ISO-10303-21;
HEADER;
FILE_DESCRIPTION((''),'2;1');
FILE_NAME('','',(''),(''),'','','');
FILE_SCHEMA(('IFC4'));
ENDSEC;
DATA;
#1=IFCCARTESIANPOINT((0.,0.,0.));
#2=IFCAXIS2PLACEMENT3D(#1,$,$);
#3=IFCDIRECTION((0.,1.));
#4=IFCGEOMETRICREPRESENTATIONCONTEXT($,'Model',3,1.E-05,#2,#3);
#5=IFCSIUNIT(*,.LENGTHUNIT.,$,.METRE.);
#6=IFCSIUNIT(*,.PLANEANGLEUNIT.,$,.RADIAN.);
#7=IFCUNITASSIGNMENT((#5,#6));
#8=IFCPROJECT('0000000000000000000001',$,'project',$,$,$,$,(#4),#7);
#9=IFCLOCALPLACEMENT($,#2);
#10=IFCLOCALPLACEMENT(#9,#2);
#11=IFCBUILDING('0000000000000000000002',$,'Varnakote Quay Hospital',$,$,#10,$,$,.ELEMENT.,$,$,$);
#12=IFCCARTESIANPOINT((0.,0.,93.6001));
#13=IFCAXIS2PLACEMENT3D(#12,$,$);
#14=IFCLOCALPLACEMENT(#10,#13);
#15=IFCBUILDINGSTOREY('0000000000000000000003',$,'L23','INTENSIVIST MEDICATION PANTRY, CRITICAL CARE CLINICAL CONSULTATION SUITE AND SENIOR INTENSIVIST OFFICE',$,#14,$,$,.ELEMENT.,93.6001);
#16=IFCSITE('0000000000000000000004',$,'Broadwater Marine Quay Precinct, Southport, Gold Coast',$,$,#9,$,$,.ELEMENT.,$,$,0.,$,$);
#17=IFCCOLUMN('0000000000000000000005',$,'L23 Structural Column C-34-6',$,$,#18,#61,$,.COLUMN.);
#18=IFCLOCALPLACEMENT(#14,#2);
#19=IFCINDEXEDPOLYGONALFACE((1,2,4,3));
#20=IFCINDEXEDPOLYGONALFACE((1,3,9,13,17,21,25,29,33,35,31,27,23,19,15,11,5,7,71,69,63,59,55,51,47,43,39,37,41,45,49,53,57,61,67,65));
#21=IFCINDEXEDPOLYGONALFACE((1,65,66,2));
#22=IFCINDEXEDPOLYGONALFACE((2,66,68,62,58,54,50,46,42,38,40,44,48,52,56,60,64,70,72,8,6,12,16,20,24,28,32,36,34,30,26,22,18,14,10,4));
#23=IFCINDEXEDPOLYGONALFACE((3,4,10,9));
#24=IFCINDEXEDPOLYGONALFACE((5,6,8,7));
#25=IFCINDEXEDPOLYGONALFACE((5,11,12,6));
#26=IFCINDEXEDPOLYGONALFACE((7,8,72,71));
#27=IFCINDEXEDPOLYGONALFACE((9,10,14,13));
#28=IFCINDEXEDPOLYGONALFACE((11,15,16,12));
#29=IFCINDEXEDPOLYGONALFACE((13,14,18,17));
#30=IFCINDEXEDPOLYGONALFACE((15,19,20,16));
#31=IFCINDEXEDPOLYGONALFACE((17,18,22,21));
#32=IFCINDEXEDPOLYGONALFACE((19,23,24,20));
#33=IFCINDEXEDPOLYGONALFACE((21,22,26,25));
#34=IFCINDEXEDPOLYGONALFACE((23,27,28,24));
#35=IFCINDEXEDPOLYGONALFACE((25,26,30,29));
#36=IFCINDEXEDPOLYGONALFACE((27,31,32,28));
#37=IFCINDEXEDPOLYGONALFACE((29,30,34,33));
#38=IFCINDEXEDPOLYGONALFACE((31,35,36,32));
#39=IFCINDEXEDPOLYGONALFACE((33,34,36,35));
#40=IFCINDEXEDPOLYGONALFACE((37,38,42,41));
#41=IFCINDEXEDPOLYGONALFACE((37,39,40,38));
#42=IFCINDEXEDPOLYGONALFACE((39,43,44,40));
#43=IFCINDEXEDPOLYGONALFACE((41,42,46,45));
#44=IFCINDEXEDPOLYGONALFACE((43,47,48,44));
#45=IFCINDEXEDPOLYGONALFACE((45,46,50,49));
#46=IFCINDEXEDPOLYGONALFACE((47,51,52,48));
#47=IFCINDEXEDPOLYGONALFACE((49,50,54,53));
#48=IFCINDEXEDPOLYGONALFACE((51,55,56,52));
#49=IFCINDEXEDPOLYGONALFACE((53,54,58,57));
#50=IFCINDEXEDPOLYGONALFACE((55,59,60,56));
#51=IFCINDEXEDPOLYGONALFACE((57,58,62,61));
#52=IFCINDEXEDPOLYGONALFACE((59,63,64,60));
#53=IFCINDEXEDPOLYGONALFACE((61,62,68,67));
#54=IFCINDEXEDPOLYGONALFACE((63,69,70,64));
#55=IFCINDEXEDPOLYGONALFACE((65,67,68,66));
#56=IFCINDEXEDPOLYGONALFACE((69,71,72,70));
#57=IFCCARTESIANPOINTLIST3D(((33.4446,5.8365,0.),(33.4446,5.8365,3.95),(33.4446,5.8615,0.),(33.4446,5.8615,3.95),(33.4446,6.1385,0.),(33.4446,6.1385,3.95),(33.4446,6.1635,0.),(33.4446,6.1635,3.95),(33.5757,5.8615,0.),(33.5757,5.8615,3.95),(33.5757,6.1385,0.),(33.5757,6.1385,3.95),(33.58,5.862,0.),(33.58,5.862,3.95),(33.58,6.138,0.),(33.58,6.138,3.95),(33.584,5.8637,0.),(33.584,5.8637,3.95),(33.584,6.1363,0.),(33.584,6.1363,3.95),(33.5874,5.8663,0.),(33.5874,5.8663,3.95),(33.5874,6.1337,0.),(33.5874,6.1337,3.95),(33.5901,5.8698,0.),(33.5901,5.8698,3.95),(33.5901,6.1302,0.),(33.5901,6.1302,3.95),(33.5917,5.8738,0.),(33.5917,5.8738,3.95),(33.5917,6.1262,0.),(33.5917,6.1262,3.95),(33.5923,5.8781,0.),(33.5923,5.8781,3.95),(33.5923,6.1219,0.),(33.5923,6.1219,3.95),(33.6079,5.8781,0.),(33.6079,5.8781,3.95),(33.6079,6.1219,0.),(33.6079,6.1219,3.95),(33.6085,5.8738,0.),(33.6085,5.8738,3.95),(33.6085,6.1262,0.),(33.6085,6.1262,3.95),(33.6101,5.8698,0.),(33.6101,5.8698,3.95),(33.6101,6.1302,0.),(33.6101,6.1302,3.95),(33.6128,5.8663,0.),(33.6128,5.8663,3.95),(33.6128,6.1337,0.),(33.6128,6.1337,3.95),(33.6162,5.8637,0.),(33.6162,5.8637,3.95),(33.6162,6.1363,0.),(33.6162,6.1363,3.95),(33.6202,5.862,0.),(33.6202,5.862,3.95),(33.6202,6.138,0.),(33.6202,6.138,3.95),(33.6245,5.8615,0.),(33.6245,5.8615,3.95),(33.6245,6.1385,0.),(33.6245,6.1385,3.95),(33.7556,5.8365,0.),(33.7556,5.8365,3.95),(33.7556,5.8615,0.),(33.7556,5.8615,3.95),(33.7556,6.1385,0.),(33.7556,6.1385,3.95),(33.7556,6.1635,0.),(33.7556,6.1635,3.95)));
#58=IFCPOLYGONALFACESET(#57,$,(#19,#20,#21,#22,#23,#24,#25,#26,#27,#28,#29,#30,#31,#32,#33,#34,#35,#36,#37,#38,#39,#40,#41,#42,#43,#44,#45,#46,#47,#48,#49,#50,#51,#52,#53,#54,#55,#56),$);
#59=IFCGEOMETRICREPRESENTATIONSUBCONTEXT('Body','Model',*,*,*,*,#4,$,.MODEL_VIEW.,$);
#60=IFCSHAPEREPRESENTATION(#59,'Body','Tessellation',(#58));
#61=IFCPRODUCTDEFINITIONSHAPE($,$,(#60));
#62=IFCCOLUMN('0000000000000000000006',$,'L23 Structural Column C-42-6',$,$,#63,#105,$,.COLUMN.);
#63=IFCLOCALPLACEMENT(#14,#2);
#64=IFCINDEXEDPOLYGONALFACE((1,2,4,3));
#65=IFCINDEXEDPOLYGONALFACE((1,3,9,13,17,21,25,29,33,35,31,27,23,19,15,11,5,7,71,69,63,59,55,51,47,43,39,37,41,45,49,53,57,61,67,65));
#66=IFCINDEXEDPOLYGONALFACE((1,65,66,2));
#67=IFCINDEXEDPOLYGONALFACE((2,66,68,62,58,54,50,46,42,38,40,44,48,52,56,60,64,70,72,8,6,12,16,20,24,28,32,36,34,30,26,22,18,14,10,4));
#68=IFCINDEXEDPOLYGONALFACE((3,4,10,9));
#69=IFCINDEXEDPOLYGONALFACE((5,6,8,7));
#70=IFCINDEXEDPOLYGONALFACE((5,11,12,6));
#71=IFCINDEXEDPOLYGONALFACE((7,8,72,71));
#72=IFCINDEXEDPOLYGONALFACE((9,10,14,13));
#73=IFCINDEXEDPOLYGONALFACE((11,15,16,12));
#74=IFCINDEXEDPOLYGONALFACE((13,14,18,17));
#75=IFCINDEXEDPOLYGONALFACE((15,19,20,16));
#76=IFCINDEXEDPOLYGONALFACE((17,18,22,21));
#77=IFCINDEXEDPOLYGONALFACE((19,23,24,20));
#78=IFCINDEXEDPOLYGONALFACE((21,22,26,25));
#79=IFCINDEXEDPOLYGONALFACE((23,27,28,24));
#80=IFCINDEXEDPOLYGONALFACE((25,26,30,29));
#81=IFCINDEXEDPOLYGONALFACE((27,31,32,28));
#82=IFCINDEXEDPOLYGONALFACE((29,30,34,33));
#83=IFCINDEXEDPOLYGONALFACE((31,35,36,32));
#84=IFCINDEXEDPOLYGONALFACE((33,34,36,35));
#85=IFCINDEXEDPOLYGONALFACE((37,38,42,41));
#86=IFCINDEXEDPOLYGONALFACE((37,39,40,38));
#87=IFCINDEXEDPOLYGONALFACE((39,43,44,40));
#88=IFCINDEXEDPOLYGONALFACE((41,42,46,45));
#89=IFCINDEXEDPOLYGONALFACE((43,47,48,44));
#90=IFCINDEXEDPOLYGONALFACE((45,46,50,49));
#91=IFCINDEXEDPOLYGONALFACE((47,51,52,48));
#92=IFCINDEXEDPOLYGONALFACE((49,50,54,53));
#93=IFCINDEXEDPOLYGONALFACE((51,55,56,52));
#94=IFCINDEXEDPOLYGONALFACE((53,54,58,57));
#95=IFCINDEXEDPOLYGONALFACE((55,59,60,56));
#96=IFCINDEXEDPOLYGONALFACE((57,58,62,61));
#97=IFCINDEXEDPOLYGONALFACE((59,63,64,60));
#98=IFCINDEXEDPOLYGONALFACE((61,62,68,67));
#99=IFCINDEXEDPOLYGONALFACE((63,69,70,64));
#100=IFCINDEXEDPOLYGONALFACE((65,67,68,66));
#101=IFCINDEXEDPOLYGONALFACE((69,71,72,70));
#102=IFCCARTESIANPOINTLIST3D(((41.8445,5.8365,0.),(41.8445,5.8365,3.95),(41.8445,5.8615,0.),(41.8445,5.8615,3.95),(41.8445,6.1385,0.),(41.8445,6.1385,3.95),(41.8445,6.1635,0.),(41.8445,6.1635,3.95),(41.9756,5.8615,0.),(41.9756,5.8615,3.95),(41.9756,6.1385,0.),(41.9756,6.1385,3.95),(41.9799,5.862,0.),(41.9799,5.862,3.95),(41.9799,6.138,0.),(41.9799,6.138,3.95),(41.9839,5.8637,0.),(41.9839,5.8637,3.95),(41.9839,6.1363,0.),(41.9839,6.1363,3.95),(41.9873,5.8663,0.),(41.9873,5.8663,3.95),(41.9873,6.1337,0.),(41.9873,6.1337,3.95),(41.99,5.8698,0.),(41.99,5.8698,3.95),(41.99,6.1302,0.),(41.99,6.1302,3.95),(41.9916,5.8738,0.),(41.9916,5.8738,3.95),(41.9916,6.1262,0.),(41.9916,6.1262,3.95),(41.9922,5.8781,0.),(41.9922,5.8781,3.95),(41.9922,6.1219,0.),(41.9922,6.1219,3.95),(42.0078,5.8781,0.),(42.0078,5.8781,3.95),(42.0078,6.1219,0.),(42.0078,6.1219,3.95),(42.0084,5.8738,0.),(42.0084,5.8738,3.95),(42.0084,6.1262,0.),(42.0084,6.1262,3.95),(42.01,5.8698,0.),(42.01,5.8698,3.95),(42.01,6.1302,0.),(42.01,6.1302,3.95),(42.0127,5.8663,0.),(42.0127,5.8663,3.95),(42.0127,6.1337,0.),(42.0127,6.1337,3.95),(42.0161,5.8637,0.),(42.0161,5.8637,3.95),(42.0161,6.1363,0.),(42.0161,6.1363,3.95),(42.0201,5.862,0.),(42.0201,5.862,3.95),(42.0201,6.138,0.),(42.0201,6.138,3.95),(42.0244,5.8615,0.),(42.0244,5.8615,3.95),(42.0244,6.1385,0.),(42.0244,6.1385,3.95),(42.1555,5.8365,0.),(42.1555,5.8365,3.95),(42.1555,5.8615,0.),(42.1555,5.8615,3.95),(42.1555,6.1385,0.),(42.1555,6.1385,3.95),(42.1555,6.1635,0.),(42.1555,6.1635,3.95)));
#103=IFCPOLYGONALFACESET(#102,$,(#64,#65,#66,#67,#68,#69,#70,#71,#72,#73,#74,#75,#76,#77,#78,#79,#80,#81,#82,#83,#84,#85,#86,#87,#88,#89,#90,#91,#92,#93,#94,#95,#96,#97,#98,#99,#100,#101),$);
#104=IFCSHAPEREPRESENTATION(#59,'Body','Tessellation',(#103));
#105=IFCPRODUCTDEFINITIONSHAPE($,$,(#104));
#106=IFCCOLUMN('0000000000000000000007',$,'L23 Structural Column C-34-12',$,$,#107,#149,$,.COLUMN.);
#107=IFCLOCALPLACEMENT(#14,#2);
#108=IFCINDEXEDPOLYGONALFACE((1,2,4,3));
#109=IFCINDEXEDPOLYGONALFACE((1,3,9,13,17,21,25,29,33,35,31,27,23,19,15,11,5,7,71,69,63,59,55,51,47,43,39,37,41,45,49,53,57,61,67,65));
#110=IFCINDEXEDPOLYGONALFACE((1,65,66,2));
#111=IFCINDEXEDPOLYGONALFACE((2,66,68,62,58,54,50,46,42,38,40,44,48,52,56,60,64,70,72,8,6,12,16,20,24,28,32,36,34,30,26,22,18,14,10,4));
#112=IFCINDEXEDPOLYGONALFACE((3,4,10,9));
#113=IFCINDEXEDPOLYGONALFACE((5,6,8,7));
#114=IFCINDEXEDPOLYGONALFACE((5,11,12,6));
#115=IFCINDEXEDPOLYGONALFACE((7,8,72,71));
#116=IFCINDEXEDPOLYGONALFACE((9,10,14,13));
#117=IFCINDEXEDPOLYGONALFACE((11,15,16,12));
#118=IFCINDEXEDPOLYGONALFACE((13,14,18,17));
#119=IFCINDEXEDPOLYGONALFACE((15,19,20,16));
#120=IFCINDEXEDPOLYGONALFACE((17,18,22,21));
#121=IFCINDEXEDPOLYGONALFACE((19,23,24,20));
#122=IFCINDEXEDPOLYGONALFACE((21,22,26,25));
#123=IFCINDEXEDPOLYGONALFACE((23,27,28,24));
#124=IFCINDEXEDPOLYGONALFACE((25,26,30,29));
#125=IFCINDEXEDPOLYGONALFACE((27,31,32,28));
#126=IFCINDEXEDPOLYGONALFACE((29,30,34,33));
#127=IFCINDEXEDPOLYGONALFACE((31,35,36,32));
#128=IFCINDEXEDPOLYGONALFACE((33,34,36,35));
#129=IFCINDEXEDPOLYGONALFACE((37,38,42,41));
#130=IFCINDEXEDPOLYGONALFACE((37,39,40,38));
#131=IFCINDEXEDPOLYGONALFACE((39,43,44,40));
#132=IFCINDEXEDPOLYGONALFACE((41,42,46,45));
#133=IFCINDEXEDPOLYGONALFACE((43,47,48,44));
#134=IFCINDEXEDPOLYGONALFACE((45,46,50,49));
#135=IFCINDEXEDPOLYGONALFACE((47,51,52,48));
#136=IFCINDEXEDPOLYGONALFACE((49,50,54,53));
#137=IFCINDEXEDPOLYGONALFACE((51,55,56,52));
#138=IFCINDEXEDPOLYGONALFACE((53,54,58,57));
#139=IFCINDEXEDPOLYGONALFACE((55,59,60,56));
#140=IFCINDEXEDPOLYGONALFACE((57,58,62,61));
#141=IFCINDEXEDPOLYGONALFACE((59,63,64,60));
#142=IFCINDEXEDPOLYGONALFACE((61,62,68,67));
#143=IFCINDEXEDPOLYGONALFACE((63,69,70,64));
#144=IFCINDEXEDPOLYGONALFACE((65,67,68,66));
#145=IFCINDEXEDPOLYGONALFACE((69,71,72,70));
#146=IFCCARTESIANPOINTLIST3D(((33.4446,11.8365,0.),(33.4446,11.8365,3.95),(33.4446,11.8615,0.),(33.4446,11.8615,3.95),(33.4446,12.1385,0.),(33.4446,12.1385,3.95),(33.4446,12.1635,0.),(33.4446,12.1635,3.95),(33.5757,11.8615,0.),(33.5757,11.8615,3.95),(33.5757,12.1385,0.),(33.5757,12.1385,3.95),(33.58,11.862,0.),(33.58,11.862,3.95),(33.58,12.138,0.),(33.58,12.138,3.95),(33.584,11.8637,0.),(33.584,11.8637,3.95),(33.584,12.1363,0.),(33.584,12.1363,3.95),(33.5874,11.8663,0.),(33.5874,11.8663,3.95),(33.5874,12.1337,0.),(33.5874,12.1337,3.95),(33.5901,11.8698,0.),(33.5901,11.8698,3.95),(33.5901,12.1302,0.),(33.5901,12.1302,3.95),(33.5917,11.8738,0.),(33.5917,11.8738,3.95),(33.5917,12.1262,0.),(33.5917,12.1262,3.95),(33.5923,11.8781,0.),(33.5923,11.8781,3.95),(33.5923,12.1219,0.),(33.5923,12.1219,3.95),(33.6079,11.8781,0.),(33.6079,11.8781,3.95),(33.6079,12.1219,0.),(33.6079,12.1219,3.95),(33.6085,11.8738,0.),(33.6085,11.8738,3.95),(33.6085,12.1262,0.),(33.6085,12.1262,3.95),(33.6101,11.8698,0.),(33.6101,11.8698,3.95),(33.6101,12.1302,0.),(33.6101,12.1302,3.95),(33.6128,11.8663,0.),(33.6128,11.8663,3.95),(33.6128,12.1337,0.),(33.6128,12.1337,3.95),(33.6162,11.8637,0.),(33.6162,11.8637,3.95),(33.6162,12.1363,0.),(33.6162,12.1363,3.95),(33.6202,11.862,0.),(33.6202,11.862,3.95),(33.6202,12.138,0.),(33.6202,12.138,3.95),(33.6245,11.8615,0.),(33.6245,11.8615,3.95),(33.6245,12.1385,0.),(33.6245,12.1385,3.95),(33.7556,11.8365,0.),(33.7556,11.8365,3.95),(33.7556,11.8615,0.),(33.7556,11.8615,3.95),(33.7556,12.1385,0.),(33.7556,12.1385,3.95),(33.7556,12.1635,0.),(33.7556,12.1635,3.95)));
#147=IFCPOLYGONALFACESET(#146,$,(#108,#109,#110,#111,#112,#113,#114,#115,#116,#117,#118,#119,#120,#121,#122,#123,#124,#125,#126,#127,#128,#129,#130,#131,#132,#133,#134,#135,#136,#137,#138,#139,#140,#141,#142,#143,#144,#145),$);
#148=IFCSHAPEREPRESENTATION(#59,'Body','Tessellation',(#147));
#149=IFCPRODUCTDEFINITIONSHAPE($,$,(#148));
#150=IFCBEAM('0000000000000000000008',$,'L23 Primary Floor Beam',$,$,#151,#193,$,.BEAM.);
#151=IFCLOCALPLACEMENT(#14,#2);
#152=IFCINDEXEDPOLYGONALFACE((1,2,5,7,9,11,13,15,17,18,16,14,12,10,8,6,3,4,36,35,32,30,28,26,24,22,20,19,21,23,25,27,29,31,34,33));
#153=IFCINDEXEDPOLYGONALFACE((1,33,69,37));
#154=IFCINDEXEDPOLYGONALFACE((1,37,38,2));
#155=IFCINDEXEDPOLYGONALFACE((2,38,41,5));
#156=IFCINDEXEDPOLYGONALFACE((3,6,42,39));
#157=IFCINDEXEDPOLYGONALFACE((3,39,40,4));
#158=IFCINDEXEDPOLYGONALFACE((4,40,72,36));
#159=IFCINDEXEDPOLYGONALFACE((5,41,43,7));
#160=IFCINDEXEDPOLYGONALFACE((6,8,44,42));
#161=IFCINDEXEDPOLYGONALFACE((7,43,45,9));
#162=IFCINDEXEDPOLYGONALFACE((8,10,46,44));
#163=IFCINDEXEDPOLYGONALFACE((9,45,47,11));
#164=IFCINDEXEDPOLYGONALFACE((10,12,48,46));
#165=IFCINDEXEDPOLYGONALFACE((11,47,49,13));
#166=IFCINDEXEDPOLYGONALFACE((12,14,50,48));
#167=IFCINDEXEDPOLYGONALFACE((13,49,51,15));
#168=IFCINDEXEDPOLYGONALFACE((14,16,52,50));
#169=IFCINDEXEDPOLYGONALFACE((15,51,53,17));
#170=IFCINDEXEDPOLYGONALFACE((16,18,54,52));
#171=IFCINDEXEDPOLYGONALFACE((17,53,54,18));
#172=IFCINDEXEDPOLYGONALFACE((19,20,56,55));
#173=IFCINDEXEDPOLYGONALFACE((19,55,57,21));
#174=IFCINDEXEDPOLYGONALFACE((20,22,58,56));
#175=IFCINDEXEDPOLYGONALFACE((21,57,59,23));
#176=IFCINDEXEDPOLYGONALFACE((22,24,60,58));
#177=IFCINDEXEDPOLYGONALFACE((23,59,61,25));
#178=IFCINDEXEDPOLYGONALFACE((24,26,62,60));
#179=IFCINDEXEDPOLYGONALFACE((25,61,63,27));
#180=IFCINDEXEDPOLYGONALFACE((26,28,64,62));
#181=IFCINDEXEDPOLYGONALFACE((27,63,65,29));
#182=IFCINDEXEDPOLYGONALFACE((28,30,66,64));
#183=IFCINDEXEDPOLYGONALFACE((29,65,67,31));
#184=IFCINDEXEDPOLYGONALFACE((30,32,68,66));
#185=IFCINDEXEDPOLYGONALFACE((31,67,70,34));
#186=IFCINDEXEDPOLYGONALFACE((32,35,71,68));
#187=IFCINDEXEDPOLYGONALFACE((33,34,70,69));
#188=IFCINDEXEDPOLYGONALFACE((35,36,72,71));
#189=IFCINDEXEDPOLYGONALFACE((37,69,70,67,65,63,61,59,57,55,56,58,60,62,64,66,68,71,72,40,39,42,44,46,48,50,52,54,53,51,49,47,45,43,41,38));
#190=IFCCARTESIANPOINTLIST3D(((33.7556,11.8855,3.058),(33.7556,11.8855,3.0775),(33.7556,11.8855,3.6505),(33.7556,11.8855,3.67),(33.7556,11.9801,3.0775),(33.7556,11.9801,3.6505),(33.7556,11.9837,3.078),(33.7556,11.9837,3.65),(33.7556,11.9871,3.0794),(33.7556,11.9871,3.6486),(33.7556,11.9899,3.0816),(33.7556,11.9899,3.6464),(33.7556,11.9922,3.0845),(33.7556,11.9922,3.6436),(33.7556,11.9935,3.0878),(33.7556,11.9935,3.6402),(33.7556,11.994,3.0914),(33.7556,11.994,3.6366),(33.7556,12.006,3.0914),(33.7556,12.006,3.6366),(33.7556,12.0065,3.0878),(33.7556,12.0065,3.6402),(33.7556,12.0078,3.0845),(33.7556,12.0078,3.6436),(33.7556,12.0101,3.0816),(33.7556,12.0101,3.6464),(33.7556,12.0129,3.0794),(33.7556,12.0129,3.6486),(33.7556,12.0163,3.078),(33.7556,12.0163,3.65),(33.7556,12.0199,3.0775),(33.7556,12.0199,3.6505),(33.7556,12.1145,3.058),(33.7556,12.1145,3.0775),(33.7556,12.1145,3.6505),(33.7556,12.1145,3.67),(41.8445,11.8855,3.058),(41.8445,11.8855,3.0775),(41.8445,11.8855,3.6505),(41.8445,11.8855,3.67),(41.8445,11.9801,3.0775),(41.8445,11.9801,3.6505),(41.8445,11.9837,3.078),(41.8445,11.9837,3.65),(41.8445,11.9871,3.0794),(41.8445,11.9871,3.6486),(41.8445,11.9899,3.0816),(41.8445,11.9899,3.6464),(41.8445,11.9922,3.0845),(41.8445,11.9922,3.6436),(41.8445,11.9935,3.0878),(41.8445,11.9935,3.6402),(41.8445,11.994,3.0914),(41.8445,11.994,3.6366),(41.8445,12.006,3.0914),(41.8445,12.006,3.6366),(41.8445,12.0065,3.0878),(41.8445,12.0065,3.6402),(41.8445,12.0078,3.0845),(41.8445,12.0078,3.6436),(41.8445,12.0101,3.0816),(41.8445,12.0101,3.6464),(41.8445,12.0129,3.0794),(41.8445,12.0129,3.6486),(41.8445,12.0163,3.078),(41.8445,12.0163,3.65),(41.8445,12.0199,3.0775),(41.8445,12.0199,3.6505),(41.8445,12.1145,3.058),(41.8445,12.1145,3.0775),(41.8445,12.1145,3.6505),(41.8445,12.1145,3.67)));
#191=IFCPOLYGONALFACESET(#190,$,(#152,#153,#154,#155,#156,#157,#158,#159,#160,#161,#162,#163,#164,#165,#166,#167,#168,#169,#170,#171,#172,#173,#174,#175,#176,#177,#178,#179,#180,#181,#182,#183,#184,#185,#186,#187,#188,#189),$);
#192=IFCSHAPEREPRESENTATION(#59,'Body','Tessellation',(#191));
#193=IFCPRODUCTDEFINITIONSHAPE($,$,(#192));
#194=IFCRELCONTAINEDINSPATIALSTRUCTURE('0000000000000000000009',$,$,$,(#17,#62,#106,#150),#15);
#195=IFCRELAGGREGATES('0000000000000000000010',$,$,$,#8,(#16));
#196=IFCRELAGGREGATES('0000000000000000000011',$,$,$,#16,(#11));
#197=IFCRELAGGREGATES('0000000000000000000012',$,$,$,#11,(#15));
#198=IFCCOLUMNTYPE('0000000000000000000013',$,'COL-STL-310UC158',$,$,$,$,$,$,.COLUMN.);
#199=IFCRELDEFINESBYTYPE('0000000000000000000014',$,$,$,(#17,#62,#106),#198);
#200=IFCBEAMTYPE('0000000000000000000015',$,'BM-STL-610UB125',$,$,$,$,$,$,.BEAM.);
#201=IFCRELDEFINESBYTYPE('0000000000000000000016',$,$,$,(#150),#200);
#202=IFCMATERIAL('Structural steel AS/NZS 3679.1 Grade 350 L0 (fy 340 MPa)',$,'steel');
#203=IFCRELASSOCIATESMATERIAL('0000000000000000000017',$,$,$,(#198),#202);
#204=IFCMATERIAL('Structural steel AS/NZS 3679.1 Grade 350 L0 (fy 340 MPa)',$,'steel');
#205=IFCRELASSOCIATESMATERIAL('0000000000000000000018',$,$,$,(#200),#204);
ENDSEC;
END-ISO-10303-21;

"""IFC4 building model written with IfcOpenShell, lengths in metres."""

from ifc_helpers import new_model, si_unit, direction, frame, origin, origin_2d, place, context, subcontext, project, spatial, i_section, extrude, material, material_profile, profile_set, type_object, element, save


model = new_model("IFC4")

# Units and contexts
model_context = context("Model", 3, precision=1e-05, world=origin(), true_north=direction((0.0, 1.0)))
body_context = subcontext(model_context, "Body", "Model", "MODEL_VIEW")
ifc_project = project(units=[si_unit("LENGTHUNIT", "METRE"), si_unit("PLANEANGLEUNIT", "RADIAN")], contexts=[model_context])

# Site, building, storey
site_placement = place(None, origin())
site = spatial("IfcSite", under=ifc_project, at=site_placement, Name="Broadwater Marine Quay Precinct, Southport, Gold Coast", CompositionType="ELEMENT", RefElevation=0.0)
building_placement = place(site_placement, origin())
building = spatial("IfcBuilding", under=site, at=building_placement, Name="Varnakote Quay Hospital", CompositionType="ELEMENT")
storey_placement = place(building_placement, frame((0.0, 0.0, 93.6001)))
storey = spatial("IfcBuildingStorey", under=building, at=storey_placement, Name="L23", Description="INTENSIVIST MEDICATION PANTRY, CRITICAL CARE CLINICAL CONSULTATION SUITE AND SENIOR INTENSIVIST OFFICE", CompositionType="ELEMENT", Elevation=93.6001)

# Columns
ifc_material_1 = material(Name="Structural steel AS/NZS 3679.1 Grade 350 L0 (fy 340 MPa)", Category="steel")
ifc_material_profile_1 = material_profile(ifc_material_1, i_section(OverallWidth=0.311, OverallDepth=0.3269, WebThickness=0.0156, FlangeThickness=0.0249, FilletRadius=0.0166, at=origin_2d()), Name="310UC158")
ifc_profile_set_1 = profile_set([ifc_material_profile_1], Name="Structural steel AS/NZS 3679.1 Grade 350 L0 (fy 340 MPa)")
column_type = type_object("IfcColumnType", Name="COL-STL-310UC158", PredefinedType="COLUMN", material=ifc_profile_set_1)
for number, where, z_axis, x_axis, name in (
    (1, (33.6001, 6.0, 0.0), (0.0, 0.0, 1.0), (1.0, 0.0, 0.0), "L23 Structural Column C-34-6"),
    (2, (42.0, 6.0, 0.0), (0.0, 0.0, 1.0), (1.0, 0.0, 0.0), "L23 Structural Column C-42-6"),
    (3, (33.6001, 12.0, 0.0), (0.0, 0.0, 1.0), (1.0, 0.0, 0.0), "L23 Structural Column C-34-12"),
):
    element("IfcColumn", number, at=place(storey_placement, frame(where, z_axis=z_axis, x_axis=x_axis)), inside=storey, type_object=column_type, Name=name, PredefinedType="COLUMN", context=body_context, shape_type="SweptSolid", body=[
        extrude(i_section(OverallWidth=0.311, OverallDepth=0.3269, WebThickness=0.0156, FlangeThickness=0.0249, FilletRadius=0.0166, at=origin_2d()), origin(), (0.0, 0.0, 1.0), 3.95),
    ])

# Beam
ifc_material_2 = material(Name="Structural steel AS/NZS 3679.1 Grade 350 L0 (fy 340 MPa)", Category="steel")
ifc_material_profile_2 = material_profile(ifc_material_2, i_section(OverallWidth=0.229, OverallDepth=0.6121, WebThickness=0.012, FlangeThickness=0.0195, FilletRadius=0.0139, at=origin_2d()), Name="610UB125")
ifc_profile_set_2 = profile_set([ifc_material_profile_2], Name="Structural steel AS/NZS 3679.1 Grade 350 L0 (fy 340 MPa)")
beam_type_1 = type_object("IfcBeamType", Name="BM-STL-610UB125", PredefinedType="BEAM", material=ifc_profile_set_2)
beam_1_placement = place(storey_placement, frame((33.7556, 12.0, 3.364), z_axis=(1.0, 0.0, 0.0), x_axis=(0.0, 1.0, 0.0)))
element("IfcBeam", 4, at=beam_1_placement, inside=storey, type_object=beam_type_1, Name="L23 Primary Floor Beam", PredefinedType="BEAM", context=body_context, shape_type="SweptSolid", body=[
    extrude(i_section(OverallWidth=0.229, OverallDepth=0.6121, WebThickness=0.012, FlangeThickness=0.0195, FilletRadius=0.0139, at=origin_2d()), origin(), (0.0, 0.0, 1.0), 8.0889),
])

save(model, "model.ifc")
